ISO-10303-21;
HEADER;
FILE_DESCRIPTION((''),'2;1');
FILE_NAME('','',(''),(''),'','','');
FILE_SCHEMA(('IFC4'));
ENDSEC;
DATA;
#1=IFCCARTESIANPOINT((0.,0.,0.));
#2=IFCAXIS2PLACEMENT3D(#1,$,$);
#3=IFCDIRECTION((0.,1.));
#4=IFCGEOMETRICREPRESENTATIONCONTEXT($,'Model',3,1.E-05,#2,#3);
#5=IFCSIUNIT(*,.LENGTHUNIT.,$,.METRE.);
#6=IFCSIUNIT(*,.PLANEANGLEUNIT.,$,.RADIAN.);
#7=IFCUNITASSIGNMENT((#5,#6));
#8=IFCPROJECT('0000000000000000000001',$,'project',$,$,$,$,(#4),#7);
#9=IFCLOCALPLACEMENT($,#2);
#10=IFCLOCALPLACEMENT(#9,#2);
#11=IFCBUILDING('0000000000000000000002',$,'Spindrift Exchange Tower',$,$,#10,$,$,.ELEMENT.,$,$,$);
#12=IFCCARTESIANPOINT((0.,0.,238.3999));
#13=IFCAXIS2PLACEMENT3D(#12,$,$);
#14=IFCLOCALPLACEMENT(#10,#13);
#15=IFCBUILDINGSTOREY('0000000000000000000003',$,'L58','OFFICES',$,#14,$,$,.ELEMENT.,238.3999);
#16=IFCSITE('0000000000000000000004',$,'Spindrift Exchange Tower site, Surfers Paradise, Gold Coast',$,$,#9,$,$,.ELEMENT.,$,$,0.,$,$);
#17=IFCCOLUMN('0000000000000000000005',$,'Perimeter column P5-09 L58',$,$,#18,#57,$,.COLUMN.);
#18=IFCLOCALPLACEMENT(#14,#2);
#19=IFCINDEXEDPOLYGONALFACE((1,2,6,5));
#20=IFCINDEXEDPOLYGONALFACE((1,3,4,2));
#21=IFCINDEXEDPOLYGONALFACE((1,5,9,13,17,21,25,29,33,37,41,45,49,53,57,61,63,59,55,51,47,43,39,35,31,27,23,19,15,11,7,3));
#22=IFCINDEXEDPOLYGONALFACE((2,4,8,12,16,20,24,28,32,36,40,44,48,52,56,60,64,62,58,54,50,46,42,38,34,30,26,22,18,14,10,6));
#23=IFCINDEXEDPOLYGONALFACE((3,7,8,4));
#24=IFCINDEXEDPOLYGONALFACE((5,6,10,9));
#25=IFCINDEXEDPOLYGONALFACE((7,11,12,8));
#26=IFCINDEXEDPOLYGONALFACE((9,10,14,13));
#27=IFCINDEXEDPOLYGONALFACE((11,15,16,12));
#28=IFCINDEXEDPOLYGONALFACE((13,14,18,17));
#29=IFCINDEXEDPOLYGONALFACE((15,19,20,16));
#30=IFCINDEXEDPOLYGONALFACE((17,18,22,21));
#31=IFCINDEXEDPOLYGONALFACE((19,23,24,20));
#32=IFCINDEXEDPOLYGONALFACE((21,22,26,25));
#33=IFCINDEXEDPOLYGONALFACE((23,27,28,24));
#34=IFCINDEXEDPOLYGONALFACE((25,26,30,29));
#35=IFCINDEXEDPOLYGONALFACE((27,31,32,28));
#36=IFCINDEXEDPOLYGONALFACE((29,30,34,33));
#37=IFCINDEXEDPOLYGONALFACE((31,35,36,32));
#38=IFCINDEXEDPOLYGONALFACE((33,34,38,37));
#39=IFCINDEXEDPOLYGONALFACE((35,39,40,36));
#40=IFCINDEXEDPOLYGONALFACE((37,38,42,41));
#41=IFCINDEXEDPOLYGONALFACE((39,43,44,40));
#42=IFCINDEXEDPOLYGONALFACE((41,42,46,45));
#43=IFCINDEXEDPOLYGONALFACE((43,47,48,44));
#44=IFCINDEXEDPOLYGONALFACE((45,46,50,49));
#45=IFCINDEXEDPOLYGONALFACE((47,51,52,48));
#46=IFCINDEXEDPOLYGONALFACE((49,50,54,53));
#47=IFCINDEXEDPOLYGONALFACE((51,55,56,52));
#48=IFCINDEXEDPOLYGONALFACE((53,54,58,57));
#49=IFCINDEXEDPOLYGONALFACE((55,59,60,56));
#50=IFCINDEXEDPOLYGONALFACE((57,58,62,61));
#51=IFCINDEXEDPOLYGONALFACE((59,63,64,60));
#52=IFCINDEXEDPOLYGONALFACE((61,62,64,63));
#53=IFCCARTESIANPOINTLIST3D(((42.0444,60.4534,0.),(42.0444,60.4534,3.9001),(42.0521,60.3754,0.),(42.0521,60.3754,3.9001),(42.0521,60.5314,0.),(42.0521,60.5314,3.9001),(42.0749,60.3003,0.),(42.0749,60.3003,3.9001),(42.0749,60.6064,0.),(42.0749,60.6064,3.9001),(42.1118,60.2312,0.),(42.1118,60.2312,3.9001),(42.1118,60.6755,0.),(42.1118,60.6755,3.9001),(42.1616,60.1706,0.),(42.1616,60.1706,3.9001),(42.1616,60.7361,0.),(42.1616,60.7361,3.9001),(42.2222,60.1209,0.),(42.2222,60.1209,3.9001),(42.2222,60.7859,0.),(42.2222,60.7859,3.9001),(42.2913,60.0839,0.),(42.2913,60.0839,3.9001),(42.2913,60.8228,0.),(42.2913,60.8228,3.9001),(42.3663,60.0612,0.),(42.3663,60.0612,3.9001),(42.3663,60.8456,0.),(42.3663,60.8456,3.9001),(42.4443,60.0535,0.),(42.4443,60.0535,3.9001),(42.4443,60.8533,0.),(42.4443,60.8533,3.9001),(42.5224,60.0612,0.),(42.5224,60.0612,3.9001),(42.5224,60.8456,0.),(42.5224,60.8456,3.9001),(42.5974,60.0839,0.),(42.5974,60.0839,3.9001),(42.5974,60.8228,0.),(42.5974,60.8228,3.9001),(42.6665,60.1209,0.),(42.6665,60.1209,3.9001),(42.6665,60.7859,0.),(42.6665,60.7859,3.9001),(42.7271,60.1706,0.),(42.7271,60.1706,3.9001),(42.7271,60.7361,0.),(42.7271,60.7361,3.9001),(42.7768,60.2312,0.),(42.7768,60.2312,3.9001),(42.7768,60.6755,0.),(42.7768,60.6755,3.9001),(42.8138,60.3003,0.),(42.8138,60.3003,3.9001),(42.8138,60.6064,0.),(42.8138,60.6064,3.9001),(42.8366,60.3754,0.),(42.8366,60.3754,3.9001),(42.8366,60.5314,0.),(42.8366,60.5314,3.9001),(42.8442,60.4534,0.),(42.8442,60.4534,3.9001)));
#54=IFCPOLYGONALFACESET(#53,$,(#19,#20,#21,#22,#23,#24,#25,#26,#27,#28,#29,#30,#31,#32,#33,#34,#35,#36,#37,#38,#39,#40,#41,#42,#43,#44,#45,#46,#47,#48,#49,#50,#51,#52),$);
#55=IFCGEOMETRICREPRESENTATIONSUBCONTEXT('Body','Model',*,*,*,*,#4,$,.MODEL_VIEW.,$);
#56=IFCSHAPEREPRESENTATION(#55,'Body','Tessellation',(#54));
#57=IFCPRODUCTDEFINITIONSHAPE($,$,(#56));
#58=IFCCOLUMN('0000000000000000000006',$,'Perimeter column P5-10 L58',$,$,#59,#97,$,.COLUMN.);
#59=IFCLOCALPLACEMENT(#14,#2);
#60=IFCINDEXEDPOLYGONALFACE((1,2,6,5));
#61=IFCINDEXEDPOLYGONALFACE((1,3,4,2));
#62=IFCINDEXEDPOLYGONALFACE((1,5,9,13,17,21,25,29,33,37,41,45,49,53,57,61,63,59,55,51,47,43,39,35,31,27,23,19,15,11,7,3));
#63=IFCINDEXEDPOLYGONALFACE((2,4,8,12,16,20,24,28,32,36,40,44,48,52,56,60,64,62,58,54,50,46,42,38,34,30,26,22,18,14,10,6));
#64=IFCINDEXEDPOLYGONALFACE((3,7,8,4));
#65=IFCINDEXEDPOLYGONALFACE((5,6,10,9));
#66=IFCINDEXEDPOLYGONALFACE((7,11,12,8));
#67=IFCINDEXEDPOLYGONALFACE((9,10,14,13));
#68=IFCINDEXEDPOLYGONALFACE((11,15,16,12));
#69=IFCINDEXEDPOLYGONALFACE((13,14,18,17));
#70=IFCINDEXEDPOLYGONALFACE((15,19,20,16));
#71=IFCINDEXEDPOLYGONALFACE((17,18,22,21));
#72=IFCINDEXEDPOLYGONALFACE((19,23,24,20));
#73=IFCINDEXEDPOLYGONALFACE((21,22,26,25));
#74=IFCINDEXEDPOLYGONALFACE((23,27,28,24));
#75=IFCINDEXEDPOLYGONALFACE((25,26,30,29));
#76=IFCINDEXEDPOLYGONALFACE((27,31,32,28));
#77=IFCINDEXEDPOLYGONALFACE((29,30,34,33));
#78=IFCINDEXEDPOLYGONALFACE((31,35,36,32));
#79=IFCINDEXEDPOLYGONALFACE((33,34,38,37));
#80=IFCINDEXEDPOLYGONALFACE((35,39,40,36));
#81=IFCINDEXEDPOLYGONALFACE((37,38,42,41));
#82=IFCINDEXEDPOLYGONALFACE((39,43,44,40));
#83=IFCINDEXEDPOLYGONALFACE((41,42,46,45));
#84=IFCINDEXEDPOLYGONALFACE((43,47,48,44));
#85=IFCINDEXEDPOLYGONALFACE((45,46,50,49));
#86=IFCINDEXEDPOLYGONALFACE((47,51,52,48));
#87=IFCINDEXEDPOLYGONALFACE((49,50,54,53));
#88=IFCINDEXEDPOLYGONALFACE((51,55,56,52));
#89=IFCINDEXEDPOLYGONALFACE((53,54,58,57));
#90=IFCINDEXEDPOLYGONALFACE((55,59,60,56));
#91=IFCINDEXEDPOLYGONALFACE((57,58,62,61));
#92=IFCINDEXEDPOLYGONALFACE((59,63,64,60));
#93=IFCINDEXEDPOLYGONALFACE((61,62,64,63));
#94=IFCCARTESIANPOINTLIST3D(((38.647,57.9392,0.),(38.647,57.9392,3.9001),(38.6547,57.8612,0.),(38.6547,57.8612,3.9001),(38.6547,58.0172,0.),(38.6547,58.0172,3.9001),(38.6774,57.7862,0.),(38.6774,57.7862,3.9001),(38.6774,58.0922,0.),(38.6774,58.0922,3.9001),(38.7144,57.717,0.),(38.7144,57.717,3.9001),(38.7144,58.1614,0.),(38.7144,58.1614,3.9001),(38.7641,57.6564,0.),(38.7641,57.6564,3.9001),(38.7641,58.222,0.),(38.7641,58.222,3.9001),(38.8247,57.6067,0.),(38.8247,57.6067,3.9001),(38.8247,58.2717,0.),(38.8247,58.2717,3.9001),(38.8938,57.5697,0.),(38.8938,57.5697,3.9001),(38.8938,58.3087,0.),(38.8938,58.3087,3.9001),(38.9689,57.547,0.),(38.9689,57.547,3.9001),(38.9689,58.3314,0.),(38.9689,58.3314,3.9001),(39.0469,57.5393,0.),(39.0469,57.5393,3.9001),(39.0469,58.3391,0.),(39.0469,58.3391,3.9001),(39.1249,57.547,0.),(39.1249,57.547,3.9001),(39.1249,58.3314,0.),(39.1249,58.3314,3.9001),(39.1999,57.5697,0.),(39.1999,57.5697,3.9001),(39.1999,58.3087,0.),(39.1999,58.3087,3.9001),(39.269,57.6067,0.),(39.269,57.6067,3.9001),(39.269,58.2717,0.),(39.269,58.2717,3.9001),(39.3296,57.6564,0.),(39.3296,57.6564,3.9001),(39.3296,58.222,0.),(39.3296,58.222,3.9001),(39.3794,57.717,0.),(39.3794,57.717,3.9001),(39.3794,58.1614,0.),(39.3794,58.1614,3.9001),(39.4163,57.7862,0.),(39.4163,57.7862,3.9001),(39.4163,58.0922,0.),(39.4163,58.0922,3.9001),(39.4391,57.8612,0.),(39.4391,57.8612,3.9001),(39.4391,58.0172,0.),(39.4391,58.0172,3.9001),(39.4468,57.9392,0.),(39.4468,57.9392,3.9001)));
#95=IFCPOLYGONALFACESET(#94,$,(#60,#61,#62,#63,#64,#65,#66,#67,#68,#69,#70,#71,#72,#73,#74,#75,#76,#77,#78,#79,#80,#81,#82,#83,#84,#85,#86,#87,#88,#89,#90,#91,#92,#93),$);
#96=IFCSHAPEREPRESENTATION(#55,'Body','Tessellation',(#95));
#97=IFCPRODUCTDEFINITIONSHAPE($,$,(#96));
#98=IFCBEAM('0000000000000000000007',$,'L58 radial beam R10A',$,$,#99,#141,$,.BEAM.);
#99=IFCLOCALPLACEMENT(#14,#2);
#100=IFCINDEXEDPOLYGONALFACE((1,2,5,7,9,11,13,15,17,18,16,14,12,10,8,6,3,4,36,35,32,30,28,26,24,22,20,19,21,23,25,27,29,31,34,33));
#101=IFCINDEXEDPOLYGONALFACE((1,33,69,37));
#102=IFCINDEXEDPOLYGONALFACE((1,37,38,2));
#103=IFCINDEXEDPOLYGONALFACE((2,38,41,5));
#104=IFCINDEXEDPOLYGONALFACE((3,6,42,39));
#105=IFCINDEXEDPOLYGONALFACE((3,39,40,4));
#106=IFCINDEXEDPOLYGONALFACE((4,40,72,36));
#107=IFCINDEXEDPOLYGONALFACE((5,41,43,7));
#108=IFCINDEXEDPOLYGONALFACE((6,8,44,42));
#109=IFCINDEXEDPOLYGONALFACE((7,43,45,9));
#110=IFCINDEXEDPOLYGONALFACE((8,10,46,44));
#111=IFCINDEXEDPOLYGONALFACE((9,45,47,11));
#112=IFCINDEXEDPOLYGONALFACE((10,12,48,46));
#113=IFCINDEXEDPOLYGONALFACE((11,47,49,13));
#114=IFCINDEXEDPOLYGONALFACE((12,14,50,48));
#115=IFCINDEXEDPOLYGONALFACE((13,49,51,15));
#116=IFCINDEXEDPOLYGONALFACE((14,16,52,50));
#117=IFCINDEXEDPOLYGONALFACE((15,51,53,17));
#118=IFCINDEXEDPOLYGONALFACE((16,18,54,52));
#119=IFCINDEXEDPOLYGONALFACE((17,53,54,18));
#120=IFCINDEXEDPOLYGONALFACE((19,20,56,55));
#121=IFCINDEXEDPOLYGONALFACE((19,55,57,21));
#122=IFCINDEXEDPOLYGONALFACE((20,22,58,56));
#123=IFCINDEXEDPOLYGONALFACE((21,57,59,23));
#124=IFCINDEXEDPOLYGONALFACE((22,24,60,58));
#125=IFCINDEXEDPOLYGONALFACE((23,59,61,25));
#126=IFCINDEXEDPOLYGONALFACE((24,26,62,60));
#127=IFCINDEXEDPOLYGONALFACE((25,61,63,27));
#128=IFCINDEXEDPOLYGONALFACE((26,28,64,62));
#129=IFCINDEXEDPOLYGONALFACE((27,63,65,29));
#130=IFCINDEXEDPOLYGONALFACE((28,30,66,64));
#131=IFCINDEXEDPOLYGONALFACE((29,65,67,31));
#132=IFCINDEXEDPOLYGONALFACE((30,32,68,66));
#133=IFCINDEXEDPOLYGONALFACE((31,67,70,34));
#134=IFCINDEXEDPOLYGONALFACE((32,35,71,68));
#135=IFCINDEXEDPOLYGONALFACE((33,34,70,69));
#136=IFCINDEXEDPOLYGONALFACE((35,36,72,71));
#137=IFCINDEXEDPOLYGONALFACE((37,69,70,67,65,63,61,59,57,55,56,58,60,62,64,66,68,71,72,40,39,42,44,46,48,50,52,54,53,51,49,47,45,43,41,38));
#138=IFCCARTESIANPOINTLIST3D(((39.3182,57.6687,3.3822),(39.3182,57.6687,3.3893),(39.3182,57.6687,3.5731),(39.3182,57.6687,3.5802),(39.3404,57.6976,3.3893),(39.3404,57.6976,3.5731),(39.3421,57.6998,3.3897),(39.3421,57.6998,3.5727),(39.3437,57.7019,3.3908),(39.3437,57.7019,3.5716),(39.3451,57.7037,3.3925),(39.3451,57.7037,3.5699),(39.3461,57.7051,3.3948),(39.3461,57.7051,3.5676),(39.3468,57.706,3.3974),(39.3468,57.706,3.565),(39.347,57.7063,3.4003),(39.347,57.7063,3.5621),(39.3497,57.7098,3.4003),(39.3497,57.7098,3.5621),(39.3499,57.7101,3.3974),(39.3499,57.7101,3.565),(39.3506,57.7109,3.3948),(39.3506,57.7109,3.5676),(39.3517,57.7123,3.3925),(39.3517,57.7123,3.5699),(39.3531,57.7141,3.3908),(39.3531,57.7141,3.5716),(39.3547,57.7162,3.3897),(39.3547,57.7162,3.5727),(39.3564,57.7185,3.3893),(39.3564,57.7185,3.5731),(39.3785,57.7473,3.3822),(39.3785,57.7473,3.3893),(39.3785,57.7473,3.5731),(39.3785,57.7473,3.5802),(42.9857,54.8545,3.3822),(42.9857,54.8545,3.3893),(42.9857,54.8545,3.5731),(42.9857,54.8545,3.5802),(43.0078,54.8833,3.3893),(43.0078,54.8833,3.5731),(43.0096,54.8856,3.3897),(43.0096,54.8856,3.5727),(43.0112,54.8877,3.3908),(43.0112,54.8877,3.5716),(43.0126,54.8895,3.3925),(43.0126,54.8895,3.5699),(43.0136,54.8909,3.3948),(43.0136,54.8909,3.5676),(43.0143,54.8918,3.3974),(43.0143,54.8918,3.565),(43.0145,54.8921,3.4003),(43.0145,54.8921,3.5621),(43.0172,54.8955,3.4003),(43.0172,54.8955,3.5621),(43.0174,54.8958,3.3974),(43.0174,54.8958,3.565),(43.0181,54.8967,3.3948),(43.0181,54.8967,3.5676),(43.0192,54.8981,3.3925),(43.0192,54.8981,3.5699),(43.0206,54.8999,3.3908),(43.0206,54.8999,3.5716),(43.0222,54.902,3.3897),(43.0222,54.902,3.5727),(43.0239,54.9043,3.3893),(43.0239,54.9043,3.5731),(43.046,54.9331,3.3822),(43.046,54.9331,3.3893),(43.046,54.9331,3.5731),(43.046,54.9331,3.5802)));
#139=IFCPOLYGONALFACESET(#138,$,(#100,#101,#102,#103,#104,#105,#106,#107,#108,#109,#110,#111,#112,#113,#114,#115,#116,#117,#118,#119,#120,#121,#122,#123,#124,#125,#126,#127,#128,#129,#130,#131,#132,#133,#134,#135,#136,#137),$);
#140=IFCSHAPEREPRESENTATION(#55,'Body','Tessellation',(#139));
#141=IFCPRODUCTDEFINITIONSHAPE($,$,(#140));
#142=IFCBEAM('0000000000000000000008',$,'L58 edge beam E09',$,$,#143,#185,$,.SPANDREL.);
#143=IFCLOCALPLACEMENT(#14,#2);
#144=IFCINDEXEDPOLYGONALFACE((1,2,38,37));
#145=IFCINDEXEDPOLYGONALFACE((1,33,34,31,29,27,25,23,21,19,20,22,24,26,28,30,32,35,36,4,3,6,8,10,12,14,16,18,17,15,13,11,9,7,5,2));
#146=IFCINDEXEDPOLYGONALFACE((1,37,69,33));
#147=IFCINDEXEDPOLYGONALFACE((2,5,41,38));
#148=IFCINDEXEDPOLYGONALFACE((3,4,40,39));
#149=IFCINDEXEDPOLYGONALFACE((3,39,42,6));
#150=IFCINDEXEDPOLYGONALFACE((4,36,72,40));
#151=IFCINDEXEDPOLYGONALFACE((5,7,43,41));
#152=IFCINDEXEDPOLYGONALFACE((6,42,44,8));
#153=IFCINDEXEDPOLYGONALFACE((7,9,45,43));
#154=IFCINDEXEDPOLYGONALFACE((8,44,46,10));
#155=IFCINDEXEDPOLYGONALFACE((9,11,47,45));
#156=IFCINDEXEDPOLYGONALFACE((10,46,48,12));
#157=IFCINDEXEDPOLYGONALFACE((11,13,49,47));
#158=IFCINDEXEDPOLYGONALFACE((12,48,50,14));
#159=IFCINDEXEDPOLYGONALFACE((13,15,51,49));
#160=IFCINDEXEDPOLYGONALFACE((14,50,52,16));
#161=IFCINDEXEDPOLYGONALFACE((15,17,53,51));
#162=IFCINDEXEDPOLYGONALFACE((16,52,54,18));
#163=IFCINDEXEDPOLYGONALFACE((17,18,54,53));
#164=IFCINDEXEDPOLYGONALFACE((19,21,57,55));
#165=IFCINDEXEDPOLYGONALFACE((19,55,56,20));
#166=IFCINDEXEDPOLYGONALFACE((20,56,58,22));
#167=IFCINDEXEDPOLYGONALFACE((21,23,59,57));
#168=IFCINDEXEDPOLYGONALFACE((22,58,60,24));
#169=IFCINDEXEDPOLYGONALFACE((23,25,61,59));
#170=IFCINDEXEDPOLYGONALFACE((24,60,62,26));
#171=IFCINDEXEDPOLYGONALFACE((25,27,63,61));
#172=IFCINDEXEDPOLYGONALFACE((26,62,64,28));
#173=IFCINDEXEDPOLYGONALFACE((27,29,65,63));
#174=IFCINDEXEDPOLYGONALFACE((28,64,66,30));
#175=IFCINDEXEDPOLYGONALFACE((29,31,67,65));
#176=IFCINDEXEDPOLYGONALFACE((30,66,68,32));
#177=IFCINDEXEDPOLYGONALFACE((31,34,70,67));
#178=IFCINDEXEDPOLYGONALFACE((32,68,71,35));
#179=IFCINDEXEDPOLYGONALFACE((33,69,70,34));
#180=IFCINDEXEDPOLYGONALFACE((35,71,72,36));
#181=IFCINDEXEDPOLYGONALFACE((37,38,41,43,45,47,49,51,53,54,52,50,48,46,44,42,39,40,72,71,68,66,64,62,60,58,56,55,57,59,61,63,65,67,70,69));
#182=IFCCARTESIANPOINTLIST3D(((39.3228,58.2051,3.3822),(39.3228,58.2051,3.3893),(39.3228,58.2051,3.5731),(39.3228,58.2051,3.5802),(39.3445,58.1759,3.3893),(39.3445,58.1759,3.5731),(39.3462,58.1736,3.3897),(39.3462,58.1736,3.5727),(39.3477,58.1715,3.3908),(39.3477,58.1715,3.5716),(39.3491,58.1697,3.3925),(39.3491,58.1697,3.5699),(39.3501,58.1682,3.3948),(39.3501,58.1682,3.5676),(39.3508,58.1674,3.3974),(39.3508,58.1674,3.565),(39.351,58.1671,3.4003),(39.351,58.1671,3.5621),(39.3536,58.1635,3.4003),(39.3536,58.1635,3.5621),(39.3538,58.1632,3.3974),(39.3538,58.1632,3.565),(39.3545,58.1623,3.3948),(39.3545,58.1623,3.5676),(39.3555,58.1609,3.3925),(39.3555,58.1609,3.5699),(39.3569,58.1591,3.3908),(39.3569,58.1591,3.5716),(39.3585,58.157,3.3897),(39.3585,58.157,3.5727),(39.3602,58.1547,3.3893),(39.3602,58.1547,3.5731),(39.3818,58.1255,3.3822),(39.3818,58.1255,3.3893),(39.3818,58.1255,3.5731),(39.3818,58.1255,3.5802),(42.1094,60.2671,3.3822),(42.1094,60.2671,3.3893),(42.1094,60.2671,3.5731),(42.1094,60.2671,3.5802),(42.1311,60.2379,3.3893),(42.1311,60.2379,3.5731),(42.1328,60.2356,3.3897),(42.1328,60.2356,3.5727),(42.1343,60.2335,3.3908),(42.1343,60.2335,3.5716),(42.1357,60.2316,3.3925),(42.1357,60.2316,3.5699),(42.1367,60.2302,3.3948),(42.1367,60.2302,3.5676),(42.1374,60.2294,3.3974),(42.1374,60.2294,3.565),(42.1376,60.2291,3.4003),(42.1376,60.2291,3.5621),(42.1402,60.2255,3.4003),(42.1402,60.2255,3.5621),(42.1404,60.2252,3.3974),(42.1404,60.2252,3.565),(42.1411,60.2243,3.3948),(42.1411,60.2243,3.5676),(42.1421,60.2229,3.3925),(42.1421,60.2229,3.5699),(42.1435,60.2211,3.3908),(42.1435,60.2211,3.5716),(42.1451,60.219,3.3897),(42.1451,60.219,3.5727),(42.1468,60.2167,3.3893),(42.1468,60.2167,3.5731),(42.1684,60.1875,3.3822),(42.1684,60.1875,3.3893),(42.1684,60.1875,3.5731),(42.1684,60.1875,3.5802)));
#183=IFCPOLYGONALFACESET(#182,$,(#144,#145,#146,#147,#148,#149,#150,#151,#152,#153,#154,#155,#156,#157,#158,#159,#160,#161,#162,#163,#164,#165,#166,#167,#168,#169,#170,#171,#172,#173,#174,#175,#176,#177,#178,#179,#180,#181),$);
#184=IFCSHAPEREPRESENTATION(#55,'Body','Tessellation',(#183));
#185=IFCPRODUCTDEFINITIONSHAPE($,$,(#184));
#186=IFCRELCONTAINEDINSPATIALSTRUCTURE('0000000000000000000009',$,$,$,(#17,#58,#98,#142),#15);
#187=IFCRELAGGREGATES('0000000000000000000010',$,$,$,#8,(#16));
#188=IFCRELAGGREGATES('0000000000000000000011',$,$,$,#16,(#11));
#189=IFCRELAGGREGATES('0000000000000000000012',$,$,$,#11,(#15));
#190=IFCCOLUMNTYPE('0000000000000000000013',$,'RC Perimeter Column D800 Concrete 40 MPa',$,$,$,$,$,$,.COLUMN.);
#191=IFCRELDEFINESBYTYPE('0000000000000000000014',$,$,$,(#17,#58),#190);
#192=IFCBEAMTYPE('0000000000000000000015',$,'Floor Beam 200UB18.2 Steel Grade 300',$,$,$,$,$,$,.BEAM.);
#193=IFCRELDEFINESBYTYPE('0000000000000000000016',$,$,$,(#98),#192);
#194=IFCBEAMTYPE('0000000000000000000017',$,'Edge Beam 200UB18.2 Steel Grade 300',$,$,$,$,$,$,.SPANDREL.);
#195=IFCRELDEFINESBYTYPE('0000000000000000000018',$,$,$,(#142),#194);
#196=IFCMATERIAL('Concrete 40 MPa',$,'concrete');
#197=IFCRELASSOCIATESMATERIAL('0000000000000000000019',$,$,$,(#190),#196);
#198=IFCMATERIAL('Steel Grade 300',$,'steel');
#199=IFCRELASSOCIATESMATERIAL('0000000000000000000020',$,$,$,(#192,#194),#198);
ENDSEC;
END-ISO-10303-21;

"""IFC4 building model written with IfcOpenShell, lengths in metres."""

from ifc_helpers import new_model, si_unit, direction, frame, origin, origin_2d, place, context, subcontext, project, spatial, circle, i_section, extrude, source, transform, mapped, material, material_profile, profile_set, type_object, element, save


model = new_model("IFC4")

# Units and contexts
model_context = context("Model", 3, precision=1e-05, world=origin(), true_north=direction((0.0, 1.0)))
body_context = subcontext(model_context, "Body", "Model", "MODEL_VIEW")
ifc_project = project(units=[si_unit("LENGTHUNIT", "METRE"), si_unit("PLANEANGLEUNIT", "RADIAN")], contexts=[model_context])

# Site, building, storey
site_placement = place(None, origin())
site = spatial("IfcSite", under=ifc_project, at=site_placement, Name="Spindrift Exchange Tower site, Surfers Paradise, Gold Coast", CompositionType="ELEMENT", RefElevation=0.0)
building_placement = place(site_placement, origin())
building = spatial("IfcBuilding", under=site, at=building_placement, Name="Spindrift Exchange Tower", CompositionType="ELEMENT")
storey_placement = place(building_placement, frame((0.0, 0.0, 238.3999)))
storey = spatial("IfcBuildingStorey", under=building, at=storey_placement, Name="L58", Description="OFFICES", CompositionType="ELEMENT", Elevation=238.3999)

# Columns
ifc_material_1 = material(Name="Concrete 40 MPa", Category="concrete")
ifc_material_profile_1 = material_profile(ifc_material_1, circle(Radius=0.3999, at=origin_2d()), Name="RC D800")
ifc_profile_set_1 = profile_set([ifc_material_profile_1], Name="Concrete 40 MPa")
column_type = type_object("IfcColumnType", Name="RC Perimeter Column D800 Concrete 40 MPa", PredefinedType="COLUMN", material=ifc_profile_set_1)
shared_shape_1 = source(origin(), body_context, "Body", "SweptSolid", [
    extrude(circle(Radius=0.3999, at=origin_2d()), origin(), (0.0, 0.0, 1.0), 3.9001),
])
for number, where, z_axis, x_axis, name in (
    (1, (42.4443, 60.4534, 0.0), (0.0, 0.0, 1.0), (1.0, 0.0, 0.0), "Perimeter column P5-09 L58"),
    (2, (39.0469, 57.9392, 0.0), (0.0, 0.0, 1.0), (1.0, 0.0, 0.0), "Perimeter column P5-10 L58"),
):
    element("IfcColumn", number, at=place(storey_placement, frame(where, z_axis=z_axis, x_axis=x_axis)), inside=storey, type_object=column_type, Name=name, PredefinedType="COLUMN", context=body_context, shape_type="MappedRepresentation", body=[
        mapped(shared_shape_1, transform((0.0, 0.0, 0.0), scale=1.0)),
    ])

# Beams
ifc_material_2 = material(Name="Steel Grade 300", Category="steel")
ifc_material_profile_2 = material_profile(ifc_material_2, i_section(OverallWidth=0.0991, OverallDepth=0.198, WebThickness=0.0044, FlangeThickness=0.0071, FilletRadius=0.011, at=origin_2d()), Name="200UB18.2")
ifc_profile_set_2 = profile_set([ifc_material_profile_2], Name="Steel Grade 300")
beam_type_1 = type_object("IfcBeamType", Name="Floor Beam 200UB18.2 Steel Grade 300", PredefinedType="BEAM", material=ifc_profile_set_2)
shared_shape_2 = source(origin(), body_context, "Body", "SweptSolid", [
    extrude(i_section(OverallWidth=0.0991, OverallDepth=0.198, WebThickness=0.0044, FlangeThickness=0.0071, FilletRadius=0.011, at=origin_2d()), origin(), (0.0, 0.0, 1.0), 4.6228),
])
beam_1_placement = place(storey_placement, frame((43.0159, 54.8938, 3.4812), z_axis=(-0.793348, 0.608769, 0.0), x_axis=(-0.608769, -0.793348, 0.0)))
element("IfcBeam", 3, at=beam_1_placement, inside=storey, type_object=beam_type_1, Name="L58 radial beam R10A", PredefinedType="BEAM", context=body_context, shape_type="MappedRepresentation", body=[
    mapped(shared_shape_2, transform((0.0, 0.0, 0.0), scale=1.0)),
])
ifc_material_profile_3 = material_profile(ifc_material_2, i_section(OverallWidth=0.0991, OverallDepth=0.198, WebThickness=0.0044, FlangeThickness=0.0071, FilletRadius=0.011, at=origin_2d()), Name="200UB18.2")
ifc_profile_set_3 = profile_set([ifc_material_profile_3], Name="Steel Grade 300")
beam_type_2 = type_object("IfcBeamType", Name="Edge Beam 200UB18.2 Steel Grade 300", PredefinedType="SPANDREL", material=ifc_profile_set_3)
shared_shape_3 = source(origin(), body_context, "Body", "SweptSolid", [
    extrude(i_section(OverallWidth=0.0991, OverallDepth=0.198, WebThickness=0.0044, FlangeThickness=0.0071, FilletRadius=0.011, at=origin_2d()), origin(), (0.0, 0.0, 1.0), 3.4666),
])
beam_2_placement = place(storey_placement, frame((42.1389, 60.2273, 3.4812), z_axis=(-0.803854, -0.594827, 0.0), x_axis=(0.594827, -0.803854, 0.0)))
element("IfcBeam", 4, at=beam_2_placement, inside=storey, type_object=beam_type_2, Name="L58 edge beam E09", PredefinedType="SPANDREL", context=body_context, shape_type="MappedRepresentation", body=[
    mapped(shared_shape_3, transform((0.0, 0.0, 0.0), scale=1.0)),
])

save(model, "model.ifc")
